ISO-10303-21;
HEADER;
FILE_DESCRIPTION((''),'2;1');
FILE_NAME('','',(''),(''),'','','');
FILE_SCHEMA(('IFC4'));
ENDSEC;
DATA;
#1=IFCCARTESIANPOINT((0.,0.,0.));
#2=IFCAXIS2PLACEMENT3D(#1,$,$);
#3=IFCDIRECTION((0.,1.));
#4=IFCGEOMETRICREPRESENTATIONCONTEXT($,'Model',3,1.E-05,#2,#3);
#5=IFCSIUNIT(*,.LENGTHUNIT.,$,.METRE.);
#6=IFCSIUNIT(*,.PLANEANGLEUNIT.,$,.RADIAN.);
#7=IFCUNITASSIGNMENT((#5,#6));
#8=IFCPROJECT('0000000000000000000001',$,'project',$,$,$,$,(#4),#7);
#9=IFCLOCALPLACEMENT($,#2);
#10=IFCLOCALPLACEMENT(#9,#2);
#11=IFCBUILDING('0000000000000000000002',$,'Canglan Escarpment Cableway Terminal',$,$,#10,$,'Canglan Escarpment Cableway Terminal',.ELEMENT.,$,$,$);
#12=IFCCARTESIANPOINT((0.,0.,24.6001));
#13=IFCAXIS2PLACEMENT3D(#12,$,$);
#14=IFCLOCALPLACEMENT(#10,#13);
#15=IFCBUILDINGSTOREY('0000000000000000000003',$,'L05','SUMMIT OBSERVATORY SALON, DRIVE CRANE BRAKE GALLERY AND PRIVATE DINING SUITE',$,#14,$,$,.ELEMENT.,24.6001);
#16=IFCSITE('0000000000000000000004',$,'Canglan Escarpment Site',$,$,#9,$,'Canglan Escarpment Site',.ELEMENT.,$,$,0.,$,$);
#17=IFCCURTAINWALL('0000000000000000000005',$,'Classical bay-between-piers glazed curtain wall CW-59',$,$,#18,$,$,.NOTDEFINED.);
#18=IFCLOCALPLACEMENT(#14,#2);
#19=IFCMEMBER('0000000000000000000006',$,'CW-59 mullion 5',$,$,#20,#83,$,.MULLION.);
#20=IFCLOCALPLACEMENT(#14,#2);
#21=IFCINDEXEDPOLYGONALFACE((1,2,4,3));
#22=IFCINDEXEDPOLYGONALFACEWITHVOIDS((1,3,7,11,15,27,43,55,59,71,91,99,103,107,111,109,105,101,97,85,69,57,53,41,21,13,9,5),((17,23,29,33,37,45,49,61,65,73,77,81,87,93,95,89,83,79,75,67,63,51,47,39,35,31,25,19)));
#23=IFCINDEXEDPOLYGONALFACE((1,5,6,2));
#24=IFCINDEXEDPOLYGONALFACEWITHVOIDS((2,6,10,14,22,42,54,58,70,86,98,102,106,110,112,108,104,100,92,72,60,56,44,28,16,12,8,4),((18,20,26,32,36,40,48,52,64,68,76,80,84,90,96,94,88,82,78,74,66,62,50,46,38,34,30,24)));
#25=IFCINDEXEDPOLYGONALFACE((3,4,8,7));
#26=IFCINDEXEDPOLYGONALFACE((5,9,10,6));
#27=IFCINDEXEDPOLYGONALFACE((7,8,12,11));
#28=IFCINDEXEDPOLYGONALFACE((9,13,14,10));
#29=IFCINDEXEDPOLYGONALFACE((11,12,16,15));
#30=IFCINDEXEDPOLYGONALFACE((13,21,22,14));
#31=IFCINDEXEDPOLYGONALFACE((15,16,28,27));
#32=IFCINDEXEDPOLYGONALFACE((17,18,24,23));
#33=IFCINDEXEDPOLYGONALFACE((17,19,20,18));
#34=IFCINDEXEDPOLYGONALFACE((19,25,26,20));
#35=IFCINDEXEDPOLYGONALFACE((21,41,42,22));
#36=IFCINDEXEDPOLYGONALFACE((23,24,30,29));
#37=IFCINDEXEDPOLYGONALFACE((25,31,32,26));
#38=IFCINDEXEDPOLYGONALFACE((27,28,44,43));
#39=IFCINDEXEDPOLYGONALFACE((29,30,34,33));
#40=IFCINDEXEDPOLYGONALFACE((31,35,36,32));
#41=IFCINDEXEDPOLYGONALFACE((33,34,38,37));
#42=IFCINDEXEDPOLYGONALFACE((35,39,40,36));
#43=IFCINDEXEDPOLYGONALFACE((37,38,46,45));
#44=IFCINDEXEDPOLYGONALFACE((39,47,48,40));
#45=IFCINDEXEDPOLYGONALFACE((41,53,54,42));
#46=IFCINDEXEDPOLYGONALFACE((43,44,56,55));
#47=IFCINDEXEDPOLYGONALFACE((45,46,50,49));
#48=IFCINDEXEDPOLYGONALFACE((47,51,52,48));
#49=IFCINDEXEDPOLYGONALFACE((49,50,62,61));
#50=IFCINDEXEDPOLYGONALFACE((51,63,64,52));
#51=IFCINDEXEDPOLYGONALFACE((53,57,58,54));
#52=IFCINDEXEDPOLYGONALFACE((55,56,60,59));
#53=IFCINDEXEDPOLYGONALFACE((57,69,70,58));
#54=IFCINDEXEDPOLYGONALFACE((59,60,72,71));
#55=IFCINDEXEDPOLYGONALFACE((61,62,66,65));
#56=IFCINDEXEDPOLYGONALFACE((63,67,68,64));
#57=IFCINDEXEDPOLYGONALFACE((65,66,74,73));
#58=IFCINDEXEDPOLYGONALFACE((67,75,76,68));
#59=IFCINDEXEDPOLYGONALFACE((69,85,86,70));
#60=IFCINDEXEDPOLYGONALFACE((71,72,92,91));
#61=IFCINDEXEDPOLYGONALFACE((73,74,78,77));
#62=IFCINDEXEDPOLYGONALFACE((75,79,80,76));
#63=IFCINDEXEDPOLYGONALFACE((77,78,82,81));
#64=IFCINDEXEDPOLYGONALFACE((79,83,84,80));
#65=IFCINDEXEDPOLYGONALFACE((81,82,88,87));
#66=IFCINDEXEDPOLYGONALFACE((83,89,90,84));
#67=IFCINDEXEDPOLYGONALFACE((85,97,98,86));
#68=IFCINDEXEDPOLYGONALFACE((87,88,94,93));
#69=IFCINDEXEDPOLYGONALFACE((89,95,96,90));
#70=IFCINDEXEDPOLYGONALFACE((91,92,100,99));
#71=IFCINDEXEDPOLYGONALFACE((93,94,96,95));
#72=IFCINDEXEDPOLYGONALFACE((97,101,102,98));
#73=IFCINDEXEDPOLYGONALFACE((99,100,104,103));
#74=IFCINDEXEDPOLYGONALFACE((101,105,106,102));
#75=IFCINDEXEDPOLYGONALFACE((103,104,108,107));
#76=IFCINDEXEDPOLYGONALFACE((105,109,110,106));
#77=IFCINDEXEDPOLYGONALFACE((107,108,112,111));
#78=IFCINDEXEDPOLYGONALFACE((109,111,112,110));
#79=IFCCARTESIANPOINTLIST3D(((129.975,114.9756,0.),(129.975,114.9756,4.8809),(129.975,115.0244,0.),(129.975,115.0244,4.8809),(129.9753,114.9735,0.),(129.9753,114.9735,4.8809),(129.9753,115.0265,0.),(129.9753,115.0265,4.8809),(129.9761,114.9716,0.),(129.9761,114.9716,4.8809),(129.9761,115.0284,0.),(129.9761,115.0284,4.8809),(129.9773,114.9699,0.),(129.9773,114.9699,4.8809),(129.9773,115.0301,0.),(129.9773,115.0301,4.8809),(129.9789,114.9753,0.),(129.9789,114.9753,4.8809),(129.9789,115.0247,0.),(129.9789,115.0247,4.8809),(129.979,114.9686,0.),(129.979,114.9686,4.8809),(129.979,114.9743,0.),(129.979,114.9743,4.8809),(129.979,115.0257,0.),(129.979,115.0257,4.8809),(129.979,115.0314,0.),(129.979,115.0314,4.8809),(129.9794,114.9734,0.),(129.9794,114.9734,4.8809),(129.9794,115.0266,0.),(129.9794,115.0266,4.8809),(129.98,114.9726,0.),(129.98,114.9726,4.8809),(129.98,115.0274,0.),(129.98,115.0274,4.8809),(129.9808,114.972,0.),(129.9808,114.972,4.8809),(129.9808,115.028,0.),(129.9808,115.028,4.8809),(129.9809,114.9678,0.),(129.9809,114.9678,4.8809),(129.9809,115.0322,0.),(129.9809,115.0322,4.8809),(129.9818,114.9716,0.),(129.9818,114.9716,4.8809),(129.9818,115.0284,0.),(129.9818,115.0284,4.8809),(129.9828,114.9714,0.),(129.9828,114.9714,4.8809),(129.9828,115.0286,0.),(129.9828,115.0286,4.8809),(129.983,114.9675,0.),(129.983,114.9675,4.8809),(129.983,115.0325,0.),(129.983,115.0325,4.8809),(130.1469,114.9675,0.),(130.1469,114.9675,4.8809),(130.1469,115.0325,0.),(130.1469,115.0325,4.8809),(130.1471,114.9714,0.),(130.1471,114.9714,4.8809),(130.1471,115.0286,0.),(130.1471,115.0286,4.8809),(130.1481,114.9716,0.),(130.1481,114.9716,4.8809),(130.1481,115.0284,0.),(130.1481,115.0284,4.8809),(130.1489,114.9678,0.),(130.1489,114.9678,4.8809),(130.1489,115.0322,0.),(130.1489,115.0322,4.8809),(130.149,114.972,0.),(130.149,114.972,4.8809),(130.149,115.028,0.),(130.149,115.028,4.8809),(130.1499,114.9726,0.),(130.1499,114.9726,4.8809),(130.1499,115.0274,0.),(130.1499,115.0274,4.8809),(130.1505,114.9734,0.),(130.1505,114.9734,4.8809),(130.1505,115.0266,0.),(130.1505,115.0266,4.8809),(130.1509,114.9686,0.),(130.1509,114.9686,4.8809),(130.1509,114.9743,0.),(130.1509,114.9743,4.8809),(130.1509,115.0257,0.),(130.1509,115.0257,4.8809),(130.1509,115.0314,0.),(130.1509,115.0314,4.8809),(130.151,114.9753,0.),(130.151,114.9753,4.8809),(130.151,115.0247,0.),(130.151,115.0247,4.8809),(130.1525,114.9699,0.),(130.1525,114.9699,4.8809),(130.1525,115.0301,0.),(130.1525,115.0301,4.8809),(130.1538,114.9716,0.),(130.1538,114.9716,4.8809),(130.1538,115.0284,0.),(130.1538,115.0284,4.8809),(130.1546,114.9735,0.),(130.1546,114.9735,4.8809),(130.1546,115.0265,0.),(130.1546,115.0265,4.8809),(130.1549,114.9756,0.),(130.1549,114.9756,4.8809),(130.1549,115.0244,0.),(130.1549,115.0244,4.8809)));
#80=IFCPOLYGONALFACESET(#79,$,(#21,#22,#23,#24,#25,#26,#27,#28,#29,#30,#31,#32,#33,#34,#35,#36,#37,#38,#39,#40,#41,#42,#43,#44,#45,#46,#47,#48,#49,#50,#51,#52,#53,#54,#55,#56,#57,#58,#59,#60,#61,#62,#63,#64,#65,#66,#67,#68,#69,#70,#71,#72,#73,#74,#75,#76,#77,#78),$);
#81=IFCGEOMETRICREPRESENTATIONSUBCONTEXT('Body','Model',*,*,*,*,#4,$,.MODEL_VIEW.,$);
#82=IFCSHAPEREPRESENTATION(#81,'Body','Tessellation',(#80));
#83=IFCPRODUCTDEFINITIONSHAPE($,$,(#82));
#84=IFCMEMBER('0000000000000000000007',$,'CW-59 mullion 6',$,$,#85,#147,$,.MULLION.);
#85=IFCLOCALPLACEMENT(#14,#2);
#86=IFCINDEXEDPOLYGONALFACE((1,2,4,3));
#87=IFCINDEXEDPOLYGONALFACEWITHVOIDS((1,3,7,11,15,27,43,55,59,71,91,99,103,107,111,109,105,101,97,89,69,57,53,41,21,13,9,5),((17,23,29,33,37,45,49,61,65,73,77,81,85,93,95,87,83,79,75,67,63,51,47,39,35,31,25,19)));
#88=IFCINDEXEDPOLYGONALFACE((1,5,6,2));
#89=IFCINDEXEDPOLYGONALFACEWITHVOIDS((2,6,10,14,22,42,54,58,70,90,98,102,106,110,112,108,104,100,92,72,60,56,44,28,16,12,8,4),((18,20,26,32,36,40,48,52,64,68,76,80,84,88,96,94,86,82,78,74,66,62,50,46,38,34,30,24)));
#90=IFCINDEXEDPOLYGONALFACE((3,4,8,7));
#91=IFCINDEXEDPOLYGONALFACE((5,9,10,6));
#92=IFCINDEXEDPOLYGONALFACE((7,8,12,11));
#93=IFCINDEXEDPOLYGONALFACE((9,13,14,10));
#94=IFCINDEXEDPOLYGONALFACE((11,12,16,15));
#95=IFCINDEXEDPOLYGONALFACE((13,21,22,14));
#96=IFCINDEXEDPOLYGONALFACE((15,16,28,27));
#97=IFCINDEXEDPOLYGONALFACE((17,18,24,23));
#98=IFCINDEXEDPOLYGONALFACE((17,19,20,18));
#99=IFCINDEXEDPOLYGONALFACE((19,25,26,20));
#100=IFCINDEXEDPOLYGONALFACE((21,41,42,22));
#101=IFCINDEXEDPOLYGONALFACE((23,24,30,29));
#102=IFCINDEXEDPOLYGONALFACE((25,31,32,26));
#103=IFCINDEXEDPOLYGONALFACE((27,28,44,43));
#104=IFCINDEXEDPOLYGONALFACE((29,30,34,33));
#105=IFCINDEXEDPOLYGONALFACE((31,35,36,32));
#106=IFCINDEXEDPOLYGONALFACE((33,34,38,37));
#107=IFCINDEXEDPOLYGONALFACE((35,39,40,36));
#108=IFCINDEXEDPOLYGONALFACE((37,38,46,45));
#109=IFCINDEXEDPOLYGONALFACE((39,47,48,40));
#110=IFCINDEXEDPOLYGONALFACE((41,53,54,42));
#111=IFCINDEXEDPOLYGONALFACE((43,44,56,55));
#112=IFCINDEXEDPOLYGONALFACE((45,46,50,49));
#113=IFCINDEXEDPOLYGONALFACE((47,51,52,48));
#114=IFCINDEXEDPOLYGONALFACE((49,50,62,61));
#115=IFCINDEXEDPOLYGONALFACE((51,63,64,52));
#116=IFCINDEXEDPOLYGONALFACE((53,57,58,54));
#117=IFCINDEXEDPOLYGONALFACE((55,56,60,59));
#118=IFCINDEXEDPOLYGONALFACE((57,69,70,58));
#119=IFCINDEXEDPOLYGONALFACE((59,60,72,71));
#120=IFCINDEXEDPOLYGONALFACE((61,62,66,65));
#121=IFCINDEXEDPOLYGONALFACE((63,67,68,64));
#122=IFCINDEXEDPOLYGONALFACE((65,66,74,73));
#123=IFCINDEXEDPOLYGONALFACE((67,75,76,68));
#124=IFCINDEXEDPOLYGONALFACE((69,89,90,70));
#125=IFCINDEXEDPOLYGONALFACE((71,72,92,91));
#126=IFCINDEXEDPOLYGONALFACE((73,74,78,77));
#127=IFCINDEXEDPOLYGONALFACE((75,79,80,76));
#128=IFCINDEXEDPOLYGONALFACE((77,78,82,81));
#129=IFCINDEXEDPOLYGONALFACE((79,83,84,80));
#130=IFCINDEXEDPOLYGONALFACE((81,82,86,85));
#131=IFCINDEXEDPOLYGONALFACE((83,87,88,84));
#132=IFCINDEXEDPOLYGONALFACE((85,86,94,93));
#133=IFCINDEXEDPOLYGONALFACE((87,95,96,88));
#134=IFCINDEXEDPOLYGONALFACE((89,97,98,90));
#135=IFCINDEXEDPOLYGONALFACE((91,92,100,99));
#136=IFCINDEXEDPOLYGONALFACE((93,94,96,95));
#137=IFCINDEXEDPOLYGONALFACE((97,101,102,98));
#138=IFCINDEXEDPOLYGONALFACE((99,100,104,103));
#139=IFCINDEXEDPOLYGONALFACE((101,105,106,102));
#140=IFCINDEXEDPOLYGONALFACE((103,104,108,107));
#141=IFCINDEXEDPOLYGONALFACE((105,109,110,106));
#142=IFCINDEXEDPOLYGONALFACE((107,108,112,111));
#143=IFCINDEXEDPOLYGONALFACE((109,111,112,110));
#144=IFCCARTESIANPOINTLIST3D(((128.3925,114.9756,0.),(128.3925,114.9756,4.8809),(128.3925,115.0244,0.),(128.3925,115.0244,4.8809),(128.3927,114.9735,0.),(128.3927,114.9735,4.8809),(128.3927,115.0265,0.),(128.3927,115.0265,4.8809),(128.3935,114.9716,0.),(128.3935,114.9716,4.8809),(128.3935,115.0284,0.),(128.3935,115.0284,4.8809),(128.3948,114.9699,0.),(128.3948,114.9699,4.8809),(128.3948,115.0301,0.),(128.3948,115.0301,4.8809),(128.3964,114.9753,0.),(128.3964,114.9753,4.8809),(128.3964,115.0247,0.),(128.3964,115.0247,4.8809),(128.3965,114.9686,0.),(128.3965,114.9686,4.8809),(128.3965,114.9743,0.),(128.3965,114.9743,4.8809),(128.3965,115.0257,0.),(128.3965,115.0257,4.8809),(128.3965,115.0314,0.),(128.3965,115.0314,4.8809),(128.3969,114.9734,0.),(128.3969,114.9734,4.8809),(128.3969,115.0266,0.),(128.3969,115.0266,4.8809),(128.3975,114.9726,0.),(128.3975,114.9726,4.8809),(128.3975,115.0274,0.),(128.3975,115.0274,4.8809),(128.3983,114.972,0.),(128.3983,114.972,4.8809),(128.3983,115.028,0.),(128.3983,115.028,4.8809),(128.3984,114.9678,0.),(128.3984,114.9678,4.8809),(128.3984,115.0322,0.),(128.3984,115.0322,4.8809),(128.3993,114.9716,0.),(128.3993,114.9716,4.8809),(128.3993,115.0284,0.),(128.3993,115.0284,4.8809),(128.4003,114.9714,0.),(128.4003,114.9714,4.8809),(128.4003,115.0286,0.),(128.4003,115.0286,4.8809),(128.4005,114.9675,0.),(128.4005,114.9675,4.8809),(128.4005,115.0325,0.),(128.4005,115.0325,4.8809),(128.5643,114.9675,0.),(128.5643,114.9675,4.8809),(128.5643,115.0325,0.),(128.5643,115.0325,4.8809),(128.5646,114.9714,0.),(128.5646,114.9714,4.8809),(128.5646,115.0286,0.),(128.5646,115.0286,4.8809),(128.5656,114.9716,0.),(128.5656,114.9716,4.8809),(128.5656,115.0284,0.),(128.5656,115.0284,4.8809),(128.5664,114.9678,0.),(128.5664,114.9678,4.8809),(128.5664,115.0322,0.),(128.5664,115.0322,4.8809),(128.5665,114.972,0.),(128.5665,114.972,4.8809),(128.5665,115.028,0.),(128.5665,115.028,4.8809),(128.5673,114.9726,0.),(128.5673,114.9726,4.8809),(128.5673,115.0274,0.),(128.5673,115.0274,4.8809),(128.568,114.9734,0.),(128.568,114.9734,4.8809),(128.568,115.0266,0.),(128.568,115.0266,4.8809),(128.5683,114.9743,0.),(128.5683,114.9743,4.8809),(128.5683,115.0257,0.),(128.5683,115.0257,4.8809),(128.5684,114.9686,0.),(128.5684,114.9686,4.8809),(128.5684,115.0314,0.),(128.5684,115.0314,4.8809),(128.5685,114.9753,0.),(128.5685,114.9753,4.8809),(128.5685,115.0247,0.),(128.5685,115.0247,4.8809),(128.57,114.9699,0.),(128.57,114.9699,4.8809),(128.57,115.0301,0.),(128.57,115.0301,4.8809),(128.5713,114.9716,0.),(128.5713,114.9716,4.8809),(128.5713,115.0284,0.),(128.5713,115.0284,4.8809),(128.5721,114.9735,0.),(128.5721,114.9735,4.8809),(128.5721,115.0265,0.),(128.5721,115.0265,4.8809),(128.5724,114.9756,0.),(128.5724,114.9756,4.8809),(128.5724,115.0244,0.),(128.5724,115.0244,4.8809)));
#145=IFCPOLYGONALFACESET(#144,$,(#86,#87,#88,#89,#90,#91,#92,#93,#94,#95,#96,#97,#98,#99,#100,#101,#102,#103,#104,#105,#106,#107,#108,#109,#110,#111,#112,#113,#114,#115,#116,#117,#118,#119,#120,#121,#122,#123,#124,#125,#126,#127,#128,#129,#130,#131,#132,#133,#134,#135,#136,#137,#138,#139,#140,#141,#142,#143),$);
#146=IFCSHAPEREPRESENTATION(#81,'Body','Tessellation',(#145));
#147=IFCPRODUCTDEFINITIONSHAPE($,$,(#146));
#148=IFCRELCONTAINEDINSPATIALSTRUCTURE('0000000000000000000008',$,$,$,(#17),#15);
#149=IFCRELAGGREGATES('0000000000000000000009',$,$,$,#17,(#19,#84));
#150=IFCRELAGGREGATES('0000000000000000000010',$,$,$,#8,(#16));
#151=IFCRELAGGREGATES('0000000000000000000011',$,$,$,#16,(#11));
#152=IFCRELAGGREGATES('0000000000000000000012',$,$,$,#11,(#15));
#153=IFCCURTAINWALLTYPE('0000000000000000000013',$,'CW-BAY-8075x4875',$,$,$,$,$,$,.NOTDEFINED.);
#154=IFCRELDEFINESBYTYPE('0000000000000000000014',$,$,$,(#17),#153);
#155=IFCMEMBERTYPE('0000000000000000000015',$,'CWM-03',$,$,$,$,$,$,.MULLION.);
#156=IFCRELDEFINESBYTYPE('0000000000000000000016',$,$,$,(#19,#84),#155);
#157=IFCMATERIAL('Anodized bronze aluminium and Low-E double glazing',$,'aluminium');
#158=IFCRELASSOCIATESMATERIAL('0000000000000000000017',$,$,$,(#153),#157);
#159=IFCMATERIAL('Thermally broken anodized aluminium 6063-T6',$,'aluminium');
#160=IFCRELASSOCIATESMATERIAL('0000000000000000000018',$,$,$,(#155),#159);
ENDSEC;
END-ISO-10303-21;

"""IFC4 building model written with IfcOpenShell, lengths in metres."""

from ifc_helpers import new_model, si_unit, direction, frame, origin, origin_2d, place, context, subcontext, project, spatial, hollow_rectangle, extrude, material, material_profile, profile_set, type_object, element, aggregate, save


model = new_model("IFC4")

# Units and contexts
model_context = context("Model", 3, precision=1e-05, world=origin(), true_north=direction((0.0, 1.0)))
body_context = subcontext(model_context, "Body", "Model", "MODEL_VIEW")
ifc_project = project(units=[si_unit("LENGTHUNIT", "METRE"), si_unit("PLANEANGLEUNIT", "RADIAN")], contexts=[model_context])

# Site, building, storey
site_placement = place(None, origin())
site = spatial("IfcSite", under=ifc_project, at=site_placement, Name="Canglan Escarpment Site", LongName="Canglan Escarpment Site", CompositionType="ELEMENT", RefElevation=0.0)
building_placement = place(site_placement, origin())
building = spatial("IfcBuilding", under=site, at=building_placement, Name="Canglan Escarpment Cableway Terminal", LongName="Canglan Escarpment Cableway Terminal", CompositionType="ELEMENT")
storey_placement = place(building_placement, frame((0.0, 0.0, 24.6001)))
storey = spatial("IfcBuildingStorey", under=building, at=storey_placement, Name="L05", Description="SUMMIT OBSERVATORY SALON, DRIVE CRANE BRAKE GALLERY AND PRIVATE DINING SUITE", CompositionType="ELEMENT", Elevation=24.6001)

# Curtain wall, members
ifc_material_1 = material(Name="Anodized bronze aluminium and Low-E double glazing", Category="aluminium")
curtain_wall_type = type_object("IfcCurtainWallType", Name="CW-BAY-8075x4875", PredefinedType="NOTDEFINED", material=ifc_material_1)
ifc_material_2 = material(Name="Thermally broken anodized aluminium 6063-T6", Category="aluminium")
curtain_wall_1_placement = place(storey_placement, origin())
curtain_wall_1 = element("IfcCurtainWall", 1, at=curtain_wall_1_placement, inside=storey, type_object=curtain_wall_type, Name="Classical bay-between-piers glazed curtain wall CW-59", PredefinedType="NOTDEFINED")
ifc_material_profile_1 = material_profile(ifc_material_2, hollow_rectangle(XDim=0.0649, YDim=0.1799, WallThickness=0.0039, InnerFilletRadius=0.0039, OuterFilletRadius=0.0081, at=origin_2d()), Name="ALU-MULL 65x180x4")
ifc_profile_set_1 = profile_set([ifc_material_profile_1], Name="Thermally broken anodized aluminium 6063-T6")
member_type_1 = type_object("IfcMemberType", Name="CWM-03", PredefinedType="MULLION", material=ifc_profile_set_1)
member_1_placement = place(storey_placement, frame((130.0649, 115.0, 0.0), z_axis=(0.0, 0.0, 1.0), x_axis=(0.0, -1.0, 0.0)))
member_1 = element("IfcMember", 2, at=member_1_placement, type_object=member_type_1, Name="CW-59 mullion 5", PredefinedType="MULLION", context=body_context, shape_type="SweptSolid", body=[
    extrude(hollow_rectangle(XDim=0.0649, YDim=0.1799, WallThickness=0.0039, InnerFilletRadius=0.0039, OuterFilletRadius=0.0081, at=origin_2d()), origin(), (0.0, 0.0, 1.0), 4.8809),
])
member_2_placement = place(storey_placement, frame((128.4824, 115.0, 0.0), z_axis=(0.0, 0.0, 1.0), x_axis=(0.0, -1.0, 0.0)))
member_2 = element("IfcMember", 3, at=member_2_placement, type_object=member_type_1, Name="CW-59 mullion 6", PredefinedType="MULLION", context=body_context, shape_type="SweptSolid", body=[
    extrude(hollow_rectangle(XDim=0.0649, YDim=0.1799, WallThickness=0.0039, InnerFilletRadius=0.0039, OuterFilletRadius=0.0081, at=origin_2d()), origin(), (0.0, 0.0, 1.0), 4.8809),
])

aggregate(curtain_wall_1, [member_1, member_2])

save(model, "model.ifc")
